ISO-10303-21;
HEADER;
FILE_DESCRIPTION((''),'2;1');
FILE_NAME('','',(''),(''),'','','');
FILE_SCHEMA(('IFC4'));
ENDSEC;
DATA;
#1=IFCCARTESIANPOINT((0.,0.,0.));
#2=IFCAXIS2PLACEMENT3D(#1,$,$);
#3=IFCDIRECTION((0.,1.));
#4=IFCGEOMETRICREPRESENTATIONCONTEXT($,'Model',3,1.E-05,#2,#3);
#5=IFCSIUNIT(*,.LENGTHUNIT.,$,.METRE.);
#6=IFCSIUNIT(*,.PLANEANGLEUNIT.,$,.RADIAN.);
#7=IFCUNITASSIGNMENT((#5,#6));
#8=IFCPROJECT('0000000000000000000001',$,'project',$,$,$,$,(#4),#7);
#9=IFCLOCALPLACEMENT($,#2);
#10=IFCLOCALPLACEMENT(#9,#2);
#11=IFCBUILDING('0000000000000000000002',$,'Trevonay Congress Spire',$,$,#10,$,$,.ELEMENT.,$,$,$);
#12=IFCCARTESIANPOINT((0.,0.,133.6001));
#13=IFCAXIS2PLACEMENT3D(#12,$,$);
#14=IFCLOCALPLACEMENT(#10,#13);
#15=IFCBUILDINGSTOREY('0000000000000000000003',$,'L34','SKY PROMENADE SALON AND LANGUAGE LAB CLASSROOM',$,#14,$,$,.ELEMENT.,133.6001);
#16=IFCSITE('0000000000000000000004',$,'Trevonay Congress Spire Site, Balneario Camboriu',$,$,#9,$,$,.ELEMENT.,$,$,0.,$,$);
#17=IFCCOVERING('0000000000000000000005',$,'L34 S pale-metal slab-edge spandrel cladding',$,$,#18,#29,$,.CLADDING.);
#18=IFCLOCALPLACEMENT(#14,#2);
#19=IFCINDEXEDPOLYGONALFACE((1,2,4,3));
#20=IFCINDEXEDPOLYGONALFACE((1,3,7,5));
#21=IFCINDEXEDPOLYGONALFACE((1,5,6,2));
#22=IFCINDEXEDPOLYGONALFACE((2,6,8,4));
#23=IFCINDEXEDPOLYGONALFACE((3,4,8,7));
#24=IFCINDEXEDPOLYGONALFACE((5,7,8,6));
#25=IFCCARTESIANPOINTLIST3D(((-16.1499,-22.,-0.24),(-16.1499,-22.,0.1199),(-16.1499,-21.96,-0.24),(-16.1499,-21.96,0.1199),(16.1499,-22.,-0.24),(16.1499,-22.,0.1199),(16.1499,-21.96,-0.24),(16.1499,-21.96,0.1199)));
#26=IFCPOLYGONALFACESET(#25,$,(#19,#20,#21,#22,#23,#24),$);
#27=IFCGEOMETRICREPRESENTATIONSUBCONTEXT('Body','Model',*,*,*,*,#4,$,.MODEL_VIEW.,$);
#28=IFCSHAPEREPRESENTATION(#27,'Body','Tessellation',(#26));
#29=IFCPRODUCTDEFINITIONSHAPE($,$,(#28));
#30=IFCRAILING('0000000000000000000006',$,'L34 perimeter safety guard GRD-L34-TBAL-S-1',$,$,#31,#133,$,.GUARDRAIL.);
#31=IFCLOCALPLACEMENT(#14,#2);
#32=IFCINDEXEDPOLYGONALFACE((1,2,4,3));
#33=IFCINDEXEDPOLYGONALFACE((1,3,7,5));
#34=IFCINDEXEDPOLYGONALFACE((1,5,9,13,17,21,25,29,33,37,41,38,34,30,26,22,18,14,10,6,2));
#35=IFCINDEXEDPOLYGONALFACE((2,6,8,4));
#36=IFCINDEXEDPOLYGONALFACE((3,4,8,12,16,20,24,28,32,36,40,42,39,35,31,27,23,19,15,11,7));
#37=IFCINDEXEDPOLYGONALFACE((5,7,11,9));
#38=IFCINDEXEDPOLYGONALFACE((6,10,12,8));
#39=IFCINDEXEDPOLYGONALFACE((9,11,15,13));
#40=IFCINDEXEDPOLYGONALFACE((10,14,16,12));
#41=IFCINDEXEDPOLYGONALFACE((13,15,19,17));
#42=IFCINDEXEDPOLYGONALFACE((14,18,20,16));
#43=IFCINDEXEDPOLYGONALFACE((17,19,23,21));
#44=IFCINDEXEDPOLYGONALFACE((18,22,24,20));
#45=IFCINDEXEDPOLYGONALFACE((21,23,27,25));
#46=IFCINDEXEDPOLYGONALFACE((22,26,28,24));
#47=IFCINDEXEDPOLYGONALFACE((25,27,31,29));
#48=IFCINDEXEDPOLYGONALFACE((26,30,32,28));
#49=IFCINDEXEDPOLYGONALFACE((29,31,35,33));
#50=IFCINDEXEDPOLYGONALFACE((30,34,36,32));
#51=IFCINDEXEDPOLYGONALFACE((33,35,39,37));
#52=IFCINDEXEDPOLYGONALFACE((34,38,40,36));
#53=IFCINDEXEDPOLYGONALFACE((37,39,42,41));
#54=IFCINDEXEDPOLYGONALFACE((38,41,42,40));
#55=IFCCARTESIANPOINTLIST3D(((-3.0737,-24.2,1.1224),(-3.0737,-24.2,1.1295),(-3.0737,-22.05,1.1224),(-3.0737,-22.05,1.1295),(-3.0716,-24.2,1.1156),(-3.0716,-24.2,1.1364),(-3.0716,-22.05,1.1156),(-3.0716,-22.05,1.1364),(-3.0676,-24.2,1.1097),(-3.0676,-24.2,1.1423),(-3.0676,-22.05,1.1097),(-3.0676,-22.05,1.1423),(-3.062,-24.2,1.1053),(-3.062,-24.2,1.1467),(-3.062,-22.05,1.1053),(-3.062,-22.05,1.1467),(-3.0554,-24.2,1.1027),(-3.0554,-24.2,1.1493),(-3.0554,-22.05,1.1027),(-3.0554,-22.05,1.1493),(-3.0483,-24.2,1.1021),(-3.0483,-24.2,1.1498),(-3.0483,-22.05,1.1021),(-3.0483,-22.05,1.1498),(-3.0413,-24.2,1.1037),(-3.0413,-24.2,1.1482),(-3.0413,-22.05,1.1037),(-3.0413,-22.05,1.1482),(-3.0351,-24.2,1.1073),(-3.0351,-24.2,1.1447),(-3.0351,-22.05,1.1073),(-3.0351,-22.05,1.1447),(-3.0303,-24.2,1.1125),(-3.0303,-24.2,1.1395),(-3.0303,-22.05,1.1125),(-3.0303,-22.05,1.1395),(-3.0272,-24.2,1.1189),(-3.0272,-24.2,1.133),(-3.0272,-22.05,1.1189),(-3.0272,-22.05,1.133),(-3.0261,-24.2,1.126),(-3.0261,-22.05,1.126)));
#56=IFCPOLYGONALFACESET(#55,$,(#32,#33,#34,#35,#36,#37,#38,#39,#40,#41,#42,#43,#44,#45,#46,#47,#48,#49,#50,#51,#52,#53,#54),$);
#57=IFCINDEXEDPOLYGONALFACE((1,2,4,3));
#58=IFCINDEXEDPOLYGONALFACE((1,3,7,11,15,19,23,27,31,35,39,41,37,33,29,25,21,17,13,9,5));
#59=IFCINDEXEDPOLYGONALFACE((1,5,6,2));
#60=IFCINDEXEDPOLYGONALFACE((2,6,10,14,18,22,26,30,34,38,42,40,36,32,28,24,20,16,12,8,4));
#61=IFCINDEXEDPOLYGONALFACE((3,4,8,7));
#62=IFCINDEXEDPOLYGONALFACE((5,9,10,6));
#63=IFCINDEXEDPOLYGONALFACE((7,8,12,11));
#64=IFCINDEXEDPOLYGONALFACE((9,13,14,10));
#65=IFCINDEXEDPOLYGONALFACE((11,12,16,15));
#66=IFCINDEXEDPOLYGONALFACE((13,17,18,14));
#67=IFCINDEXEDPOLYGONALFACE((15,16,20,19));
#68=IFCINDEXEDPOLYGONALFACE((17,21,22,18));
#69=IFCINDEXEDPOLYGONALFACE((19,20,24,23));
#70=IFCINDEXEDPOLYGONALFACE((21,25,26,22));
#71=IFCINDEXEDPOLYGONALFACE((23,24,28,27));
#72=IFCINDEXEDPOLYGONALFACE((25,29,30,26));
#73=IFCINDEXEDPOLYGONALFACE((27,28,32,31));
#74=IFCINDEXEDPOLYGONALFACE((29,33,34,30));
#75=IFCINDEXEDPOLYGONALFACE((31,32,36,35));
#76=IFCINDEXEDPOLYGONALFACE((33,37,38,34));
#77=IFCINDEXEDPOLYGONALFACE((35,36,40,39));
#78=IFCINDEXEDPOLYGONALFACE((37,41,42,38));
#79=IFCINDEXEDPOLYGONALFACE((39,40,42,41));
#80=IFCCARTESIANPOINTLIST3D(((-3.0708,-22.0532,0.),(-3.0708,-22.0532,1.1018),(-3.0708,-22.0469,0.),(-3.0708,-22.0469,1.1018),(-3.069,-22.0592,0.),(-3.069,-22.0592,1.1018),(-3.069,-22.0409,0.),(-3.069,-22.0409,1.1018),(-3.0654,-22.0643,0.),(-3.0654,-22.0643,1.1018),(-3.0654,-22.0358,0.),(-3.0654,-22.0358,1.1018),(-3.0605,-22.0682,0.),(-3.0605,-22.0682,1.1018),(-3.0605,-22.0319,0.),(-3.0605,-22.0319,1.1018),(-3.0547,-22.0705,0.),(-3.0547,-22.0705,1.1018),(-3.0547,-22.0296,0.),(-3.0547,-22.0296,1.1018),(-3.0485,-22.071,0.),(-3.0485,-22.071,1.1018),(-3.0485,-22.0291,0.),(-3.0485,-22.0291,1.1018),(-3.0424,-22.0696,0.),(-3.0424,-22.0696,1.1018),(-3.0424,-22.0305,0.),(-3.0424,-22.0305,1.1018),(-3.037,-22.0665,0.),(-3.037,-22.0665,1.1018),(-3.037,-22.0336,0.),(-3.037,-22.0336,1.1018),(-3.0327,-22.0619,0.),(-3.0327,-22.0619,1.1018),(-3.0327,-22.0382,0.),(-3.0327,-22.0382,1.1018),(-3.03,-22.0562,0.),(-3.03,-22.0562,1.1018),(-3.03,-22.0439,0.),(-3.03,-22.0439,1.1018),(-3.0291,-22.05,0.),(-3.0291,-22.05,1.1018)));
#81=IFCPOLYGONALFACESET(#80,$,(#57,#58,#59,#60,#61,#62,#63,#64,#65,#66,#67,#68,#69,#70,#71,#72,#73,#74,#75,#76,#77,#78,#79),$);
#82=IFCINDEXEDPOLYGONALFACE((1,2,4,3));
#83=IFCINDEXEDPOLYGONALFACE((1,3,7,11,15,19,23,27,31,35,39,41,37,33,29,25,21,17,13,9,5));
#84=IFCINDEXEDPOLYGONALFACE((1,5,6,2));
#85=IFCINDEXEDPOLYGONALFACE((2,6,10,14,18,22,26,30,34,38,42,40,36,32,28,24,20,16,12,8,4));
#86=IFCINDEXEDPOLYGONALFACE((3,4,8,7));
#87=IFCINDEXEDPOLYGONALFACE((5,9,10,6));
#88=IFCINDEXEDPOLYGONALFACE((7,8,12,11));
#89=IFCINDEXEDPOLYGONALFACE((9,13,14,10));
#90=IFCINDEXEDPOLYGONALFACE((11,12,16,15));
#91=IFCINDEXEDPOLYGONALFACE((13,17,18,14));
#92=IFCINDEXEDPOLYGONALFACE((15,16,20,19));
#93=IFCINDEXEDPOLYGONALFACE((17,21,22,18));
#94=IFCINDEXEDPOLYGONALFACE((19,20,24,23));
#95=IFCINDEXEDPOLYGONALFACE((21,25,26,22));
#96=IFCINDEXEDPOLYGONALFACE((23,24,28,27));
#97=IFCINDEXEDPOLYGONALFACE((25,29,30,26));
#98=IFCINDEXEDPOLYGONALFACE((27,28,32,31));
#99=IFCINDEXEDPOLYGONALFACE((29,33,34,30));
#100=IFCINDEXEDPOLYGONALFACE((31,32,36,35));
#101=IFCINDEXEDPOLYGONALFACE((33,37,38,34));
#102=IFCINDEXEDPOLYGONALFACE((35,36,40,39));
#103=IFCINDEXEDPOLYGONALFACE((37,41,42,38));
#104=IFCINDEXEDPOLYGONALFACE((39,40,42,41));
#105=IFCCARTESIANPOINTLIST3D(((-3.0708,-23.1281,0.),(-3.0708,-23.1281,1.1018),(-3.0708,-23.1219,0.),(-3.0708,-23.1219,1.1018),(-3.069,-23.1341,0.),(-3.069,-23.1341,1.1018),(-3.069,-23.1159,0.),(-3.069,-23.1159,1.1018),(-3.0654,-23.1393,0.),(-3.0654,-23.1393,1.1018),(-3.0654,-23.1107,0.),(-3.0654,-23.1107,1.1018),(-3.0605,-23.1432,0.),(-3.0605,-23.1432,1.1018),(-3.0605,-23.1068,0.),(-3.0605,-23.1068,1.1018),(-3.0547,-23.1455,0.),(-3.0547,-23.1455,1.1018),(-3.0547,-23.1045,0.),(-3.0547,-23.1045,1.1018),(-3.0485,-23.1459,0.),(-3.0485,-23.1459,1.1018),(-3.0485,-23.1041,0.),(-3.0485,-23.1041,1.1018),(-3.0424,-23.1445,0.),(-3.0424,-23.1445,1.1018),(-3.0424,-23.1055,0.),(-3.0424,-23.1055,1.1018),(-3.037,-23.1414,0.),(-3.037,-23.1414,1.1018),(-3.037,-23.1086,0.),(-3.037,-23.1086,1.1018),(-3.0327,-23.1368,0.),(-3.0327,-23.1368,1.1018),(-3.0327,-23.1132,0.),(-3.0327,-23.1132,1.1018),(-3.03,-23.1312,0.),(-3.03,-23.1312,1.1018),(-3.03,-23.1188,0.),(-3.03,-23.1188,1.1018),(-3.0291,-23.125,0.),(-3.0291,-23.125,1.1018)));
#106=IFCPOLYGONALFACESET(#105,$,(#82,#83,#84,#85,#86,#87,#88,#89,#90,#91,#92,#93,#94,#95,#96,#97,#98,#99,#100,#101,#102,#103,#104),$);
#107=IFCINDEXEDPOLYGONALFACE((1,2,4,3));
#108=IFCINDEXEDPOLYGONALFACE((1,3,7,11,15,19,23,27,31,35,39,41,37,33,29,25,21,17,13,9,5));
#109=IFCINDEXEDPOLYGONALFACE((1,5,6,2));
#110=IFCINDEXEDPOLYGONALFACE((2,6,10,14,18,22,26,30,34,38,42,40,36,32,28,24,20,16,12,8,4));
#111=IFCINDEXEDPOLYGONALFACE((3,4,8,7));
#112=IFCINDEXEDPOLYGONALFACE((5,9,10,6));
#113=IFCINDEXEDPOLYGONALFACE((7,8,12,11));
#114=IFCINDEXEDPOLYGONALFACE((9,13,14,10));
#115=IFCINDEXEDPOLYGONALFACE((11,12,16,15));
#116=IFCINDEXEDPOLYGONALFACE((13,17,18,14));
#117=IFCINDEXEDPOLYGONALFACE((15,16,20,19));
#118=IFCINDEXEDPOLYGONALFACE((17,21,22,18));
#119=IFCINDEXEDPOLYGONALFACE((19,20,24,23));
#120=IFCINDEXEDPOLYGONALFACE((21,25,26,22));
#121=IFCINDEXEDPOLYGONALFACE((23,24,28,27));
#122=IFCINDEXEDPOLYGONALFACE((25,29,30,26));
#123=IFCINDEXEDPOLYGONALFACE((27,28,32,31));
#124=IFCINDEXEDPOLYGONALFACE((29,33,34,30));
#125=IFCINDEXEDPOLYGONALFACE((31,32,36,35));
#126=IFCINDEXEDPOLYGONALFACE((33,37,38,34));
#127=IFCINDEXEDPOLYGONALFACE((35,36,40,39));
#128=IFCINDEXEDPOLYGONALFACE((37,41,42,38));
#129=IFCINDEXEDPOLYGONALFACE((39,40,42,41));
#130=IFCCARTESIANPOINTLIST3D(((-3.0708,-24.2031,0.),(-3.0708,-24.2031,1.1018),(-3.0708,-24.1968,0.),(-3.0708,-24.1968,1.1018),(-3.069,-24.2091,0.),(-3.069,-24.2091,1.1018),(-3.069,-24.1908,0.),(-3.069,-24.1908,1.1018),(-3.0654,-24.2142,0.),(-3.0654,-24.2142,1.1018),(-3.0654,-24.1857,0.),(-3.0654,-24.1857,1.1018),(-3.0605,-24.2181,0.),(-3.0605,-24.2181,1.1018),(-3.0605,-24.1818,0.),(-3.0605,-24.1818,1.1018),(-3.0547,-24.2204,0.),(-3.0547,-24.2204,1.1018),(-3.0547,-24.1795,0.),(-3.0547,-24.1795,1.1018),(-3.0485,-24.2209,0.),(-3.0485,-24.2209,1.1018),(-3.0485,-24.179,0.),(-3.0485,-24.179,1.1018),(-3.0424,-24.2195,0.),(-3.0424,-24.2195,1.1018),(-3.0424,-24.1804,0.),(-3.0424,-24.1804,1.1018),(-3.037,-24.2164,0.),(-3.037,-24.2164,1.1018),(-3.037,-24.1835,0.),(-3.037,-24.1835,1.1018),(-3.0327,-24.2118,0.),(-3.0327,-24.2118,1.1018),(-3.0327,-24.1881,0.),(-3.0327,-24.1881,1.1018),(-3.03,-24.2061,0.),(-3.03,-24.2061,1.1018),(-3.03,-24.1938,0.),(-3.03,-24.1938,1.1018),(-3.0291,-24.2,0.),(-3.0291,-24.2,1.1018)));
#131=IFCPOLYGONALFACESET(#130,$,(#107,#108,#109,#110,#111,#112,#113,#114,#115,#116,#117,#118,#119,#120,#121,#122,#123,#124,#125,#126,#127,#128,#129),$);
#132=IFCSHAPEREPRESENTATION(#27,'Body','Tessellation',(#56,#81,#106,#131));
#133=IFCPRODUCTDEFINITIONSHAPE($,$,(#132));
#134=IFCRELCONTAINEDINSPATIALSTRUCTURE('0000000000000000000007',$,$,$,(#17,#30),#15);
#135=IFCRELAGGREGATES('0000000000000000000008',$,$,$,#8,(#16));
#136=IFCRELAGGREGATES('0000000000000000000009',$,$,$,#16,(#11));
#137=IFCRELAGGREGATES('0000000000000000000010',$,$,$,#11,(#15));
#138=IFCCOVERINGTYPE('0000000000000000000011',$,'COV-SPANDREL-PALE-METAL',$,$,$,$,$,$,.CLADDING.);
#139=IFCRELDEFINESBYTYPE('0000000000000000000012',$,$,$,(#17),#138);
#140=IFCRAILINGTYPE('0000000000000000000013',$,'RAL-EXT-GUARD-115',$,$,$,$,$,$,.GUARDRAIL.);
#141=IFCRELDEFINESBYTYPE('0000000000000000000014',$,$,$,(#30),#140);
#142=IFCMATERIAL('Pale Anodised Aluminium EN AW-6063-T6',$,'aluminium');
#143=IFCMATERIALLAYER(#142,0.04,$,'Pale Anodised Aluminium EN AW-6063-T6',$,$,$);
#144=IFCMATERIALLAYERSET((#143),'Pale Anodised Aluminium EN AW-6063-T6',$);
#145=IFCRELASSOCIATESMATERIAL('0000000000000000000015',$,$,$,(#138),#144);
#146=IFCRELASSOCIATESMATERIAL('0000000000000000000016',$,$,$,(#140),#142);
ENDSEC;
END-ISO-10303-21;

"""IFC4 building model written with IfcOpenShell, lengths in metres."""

from ifc_helpers import new_model, si_unit, direction, frame, frame_2d, origin, origin_2d, place, context, subcontext, project, spatial, rectangle, circle, extrude, material, layer, layer_set, type_object, element, save


model = new_model("IFC4")

# Units and contexts
model_context = context("Model", 3, precision=1e-05, world=origin(), true_north=direction((0.0, 1.0)))
body_context = subcontext(model_context, "Body", "Model", "MODEL_VIEW")
ifc_project = project(units=[si_unit("LENGTHUNIT", "METRE"), si_unit("PLANEANGLEUNIT", "RADIAN")], contexts=[model_context])

# Site, building, storey
site_placement = place(None, origin())
site = spatial("IfcSite", under=ifc_project, at=site_placement, Name="Trevonay Congress Spire Site, Balneario Camboriu", CompositionType="ELEMENT", RefElevation=0.0)
building_placement = place(site_placement, origin())
building = spatial("IfcBuilding", under=site, at=building_placement, Name="Trevonay Congress Spire", CompositionType="ELEMENT")
storey_placement = place(building_placement, frame((0.0, 0.0, 133.6001)))
storey = spatial("IfcBuildingStorey", under=building, at=storey_placement, Name="L34", Description="SKY PROMENADE SALON AND LANGUAGE LAB CLASSROOM", CompositionType="ELEMENT", Elevation=133.6001)

# Shared definitions
ifc_material_1 = material(Name="Pale Anodised Aluminium EN AW-6063-T6", Category="aluminium")

# Covering
ifc_layer_1 = layer(ifc_material_1, 0.04, Name="Pale Anodised Aluminium EN AW-6063-T6")
ifc_layer_set_1 = layer_set([ifc_layer_1], Name="Pale Anodised Aluminium EN AW-6063-T6")
covering_type = type_object("IfcCoveringType", Name="COV-SPANDREL-PALE-METAL", PredefinedType="CLADDING", material=ifc_layer_set_1)
covering_placement = place(storey_placement, frame((-16.1499, -21.98, -0.24), z_axis=(0.0, 0.0, 1.0), x_axis=(1.0, 0.0, 0.0)))
element("IfcCovering", 1, at=covering_placement, inside=storey, type_object=covering_type, Name="L34 S pale-metal slab-edge spandrel cladding", PredefinedType="CLADDING", context=body_context, shape_type="SweptSolid", body=[
    extrude(rectangle(XDim=32.2998, YDim=0.04, at=frame_2d((16.1499, 0.0))), origin(), (0.0, 0.0, 1.0), 0.3599),
])

# Railing
railing_type = type_object("IfcRailingType", Name="RAL-EXT-GUARD-115", PredefinedType="GUARDRAIL", material=ifc_material_1)
railing_1_placement = place(storey_placement, frame((-3.05, -22.05, 0.0)))
element("IfcRailing", 2, at=railing_1_placement, inside=storey, type_object=railing_type, Name="L34 perimeter safety guard GRD-L34-TBAL-S-1", PredefinedType="GUARDRAIL", context=body_context, shape_type="SweptSolid", body=[
    extrude(circle(Radius=0.0239, at=origin_2d()), frame((0.0, 0.0, 1.126), z_axis=(0.0, -1.0, 0.0), x_axis=(1.0, 0.0, 0.0)), (0.0, 0.0, 1.0), 2.1499),
    extrude(circle(Radius=0.021, at=origin_2d()), origin(), (0.0, 0.0, 1.0), 1.1018),
    extrude(circle(Radius=0.021, at=origin_2d()), frame((0.0, -1.075, 0.0)), (0.0, 0.0, 1.0), 1.1018),
    extrude(circle(Radius=0.021, at=origin_2d()), frame((0.0, -2.1499, 0.0)), (0.0, 0.0, 1.0), 1.1018),
])

save(model, "model.ifc")
